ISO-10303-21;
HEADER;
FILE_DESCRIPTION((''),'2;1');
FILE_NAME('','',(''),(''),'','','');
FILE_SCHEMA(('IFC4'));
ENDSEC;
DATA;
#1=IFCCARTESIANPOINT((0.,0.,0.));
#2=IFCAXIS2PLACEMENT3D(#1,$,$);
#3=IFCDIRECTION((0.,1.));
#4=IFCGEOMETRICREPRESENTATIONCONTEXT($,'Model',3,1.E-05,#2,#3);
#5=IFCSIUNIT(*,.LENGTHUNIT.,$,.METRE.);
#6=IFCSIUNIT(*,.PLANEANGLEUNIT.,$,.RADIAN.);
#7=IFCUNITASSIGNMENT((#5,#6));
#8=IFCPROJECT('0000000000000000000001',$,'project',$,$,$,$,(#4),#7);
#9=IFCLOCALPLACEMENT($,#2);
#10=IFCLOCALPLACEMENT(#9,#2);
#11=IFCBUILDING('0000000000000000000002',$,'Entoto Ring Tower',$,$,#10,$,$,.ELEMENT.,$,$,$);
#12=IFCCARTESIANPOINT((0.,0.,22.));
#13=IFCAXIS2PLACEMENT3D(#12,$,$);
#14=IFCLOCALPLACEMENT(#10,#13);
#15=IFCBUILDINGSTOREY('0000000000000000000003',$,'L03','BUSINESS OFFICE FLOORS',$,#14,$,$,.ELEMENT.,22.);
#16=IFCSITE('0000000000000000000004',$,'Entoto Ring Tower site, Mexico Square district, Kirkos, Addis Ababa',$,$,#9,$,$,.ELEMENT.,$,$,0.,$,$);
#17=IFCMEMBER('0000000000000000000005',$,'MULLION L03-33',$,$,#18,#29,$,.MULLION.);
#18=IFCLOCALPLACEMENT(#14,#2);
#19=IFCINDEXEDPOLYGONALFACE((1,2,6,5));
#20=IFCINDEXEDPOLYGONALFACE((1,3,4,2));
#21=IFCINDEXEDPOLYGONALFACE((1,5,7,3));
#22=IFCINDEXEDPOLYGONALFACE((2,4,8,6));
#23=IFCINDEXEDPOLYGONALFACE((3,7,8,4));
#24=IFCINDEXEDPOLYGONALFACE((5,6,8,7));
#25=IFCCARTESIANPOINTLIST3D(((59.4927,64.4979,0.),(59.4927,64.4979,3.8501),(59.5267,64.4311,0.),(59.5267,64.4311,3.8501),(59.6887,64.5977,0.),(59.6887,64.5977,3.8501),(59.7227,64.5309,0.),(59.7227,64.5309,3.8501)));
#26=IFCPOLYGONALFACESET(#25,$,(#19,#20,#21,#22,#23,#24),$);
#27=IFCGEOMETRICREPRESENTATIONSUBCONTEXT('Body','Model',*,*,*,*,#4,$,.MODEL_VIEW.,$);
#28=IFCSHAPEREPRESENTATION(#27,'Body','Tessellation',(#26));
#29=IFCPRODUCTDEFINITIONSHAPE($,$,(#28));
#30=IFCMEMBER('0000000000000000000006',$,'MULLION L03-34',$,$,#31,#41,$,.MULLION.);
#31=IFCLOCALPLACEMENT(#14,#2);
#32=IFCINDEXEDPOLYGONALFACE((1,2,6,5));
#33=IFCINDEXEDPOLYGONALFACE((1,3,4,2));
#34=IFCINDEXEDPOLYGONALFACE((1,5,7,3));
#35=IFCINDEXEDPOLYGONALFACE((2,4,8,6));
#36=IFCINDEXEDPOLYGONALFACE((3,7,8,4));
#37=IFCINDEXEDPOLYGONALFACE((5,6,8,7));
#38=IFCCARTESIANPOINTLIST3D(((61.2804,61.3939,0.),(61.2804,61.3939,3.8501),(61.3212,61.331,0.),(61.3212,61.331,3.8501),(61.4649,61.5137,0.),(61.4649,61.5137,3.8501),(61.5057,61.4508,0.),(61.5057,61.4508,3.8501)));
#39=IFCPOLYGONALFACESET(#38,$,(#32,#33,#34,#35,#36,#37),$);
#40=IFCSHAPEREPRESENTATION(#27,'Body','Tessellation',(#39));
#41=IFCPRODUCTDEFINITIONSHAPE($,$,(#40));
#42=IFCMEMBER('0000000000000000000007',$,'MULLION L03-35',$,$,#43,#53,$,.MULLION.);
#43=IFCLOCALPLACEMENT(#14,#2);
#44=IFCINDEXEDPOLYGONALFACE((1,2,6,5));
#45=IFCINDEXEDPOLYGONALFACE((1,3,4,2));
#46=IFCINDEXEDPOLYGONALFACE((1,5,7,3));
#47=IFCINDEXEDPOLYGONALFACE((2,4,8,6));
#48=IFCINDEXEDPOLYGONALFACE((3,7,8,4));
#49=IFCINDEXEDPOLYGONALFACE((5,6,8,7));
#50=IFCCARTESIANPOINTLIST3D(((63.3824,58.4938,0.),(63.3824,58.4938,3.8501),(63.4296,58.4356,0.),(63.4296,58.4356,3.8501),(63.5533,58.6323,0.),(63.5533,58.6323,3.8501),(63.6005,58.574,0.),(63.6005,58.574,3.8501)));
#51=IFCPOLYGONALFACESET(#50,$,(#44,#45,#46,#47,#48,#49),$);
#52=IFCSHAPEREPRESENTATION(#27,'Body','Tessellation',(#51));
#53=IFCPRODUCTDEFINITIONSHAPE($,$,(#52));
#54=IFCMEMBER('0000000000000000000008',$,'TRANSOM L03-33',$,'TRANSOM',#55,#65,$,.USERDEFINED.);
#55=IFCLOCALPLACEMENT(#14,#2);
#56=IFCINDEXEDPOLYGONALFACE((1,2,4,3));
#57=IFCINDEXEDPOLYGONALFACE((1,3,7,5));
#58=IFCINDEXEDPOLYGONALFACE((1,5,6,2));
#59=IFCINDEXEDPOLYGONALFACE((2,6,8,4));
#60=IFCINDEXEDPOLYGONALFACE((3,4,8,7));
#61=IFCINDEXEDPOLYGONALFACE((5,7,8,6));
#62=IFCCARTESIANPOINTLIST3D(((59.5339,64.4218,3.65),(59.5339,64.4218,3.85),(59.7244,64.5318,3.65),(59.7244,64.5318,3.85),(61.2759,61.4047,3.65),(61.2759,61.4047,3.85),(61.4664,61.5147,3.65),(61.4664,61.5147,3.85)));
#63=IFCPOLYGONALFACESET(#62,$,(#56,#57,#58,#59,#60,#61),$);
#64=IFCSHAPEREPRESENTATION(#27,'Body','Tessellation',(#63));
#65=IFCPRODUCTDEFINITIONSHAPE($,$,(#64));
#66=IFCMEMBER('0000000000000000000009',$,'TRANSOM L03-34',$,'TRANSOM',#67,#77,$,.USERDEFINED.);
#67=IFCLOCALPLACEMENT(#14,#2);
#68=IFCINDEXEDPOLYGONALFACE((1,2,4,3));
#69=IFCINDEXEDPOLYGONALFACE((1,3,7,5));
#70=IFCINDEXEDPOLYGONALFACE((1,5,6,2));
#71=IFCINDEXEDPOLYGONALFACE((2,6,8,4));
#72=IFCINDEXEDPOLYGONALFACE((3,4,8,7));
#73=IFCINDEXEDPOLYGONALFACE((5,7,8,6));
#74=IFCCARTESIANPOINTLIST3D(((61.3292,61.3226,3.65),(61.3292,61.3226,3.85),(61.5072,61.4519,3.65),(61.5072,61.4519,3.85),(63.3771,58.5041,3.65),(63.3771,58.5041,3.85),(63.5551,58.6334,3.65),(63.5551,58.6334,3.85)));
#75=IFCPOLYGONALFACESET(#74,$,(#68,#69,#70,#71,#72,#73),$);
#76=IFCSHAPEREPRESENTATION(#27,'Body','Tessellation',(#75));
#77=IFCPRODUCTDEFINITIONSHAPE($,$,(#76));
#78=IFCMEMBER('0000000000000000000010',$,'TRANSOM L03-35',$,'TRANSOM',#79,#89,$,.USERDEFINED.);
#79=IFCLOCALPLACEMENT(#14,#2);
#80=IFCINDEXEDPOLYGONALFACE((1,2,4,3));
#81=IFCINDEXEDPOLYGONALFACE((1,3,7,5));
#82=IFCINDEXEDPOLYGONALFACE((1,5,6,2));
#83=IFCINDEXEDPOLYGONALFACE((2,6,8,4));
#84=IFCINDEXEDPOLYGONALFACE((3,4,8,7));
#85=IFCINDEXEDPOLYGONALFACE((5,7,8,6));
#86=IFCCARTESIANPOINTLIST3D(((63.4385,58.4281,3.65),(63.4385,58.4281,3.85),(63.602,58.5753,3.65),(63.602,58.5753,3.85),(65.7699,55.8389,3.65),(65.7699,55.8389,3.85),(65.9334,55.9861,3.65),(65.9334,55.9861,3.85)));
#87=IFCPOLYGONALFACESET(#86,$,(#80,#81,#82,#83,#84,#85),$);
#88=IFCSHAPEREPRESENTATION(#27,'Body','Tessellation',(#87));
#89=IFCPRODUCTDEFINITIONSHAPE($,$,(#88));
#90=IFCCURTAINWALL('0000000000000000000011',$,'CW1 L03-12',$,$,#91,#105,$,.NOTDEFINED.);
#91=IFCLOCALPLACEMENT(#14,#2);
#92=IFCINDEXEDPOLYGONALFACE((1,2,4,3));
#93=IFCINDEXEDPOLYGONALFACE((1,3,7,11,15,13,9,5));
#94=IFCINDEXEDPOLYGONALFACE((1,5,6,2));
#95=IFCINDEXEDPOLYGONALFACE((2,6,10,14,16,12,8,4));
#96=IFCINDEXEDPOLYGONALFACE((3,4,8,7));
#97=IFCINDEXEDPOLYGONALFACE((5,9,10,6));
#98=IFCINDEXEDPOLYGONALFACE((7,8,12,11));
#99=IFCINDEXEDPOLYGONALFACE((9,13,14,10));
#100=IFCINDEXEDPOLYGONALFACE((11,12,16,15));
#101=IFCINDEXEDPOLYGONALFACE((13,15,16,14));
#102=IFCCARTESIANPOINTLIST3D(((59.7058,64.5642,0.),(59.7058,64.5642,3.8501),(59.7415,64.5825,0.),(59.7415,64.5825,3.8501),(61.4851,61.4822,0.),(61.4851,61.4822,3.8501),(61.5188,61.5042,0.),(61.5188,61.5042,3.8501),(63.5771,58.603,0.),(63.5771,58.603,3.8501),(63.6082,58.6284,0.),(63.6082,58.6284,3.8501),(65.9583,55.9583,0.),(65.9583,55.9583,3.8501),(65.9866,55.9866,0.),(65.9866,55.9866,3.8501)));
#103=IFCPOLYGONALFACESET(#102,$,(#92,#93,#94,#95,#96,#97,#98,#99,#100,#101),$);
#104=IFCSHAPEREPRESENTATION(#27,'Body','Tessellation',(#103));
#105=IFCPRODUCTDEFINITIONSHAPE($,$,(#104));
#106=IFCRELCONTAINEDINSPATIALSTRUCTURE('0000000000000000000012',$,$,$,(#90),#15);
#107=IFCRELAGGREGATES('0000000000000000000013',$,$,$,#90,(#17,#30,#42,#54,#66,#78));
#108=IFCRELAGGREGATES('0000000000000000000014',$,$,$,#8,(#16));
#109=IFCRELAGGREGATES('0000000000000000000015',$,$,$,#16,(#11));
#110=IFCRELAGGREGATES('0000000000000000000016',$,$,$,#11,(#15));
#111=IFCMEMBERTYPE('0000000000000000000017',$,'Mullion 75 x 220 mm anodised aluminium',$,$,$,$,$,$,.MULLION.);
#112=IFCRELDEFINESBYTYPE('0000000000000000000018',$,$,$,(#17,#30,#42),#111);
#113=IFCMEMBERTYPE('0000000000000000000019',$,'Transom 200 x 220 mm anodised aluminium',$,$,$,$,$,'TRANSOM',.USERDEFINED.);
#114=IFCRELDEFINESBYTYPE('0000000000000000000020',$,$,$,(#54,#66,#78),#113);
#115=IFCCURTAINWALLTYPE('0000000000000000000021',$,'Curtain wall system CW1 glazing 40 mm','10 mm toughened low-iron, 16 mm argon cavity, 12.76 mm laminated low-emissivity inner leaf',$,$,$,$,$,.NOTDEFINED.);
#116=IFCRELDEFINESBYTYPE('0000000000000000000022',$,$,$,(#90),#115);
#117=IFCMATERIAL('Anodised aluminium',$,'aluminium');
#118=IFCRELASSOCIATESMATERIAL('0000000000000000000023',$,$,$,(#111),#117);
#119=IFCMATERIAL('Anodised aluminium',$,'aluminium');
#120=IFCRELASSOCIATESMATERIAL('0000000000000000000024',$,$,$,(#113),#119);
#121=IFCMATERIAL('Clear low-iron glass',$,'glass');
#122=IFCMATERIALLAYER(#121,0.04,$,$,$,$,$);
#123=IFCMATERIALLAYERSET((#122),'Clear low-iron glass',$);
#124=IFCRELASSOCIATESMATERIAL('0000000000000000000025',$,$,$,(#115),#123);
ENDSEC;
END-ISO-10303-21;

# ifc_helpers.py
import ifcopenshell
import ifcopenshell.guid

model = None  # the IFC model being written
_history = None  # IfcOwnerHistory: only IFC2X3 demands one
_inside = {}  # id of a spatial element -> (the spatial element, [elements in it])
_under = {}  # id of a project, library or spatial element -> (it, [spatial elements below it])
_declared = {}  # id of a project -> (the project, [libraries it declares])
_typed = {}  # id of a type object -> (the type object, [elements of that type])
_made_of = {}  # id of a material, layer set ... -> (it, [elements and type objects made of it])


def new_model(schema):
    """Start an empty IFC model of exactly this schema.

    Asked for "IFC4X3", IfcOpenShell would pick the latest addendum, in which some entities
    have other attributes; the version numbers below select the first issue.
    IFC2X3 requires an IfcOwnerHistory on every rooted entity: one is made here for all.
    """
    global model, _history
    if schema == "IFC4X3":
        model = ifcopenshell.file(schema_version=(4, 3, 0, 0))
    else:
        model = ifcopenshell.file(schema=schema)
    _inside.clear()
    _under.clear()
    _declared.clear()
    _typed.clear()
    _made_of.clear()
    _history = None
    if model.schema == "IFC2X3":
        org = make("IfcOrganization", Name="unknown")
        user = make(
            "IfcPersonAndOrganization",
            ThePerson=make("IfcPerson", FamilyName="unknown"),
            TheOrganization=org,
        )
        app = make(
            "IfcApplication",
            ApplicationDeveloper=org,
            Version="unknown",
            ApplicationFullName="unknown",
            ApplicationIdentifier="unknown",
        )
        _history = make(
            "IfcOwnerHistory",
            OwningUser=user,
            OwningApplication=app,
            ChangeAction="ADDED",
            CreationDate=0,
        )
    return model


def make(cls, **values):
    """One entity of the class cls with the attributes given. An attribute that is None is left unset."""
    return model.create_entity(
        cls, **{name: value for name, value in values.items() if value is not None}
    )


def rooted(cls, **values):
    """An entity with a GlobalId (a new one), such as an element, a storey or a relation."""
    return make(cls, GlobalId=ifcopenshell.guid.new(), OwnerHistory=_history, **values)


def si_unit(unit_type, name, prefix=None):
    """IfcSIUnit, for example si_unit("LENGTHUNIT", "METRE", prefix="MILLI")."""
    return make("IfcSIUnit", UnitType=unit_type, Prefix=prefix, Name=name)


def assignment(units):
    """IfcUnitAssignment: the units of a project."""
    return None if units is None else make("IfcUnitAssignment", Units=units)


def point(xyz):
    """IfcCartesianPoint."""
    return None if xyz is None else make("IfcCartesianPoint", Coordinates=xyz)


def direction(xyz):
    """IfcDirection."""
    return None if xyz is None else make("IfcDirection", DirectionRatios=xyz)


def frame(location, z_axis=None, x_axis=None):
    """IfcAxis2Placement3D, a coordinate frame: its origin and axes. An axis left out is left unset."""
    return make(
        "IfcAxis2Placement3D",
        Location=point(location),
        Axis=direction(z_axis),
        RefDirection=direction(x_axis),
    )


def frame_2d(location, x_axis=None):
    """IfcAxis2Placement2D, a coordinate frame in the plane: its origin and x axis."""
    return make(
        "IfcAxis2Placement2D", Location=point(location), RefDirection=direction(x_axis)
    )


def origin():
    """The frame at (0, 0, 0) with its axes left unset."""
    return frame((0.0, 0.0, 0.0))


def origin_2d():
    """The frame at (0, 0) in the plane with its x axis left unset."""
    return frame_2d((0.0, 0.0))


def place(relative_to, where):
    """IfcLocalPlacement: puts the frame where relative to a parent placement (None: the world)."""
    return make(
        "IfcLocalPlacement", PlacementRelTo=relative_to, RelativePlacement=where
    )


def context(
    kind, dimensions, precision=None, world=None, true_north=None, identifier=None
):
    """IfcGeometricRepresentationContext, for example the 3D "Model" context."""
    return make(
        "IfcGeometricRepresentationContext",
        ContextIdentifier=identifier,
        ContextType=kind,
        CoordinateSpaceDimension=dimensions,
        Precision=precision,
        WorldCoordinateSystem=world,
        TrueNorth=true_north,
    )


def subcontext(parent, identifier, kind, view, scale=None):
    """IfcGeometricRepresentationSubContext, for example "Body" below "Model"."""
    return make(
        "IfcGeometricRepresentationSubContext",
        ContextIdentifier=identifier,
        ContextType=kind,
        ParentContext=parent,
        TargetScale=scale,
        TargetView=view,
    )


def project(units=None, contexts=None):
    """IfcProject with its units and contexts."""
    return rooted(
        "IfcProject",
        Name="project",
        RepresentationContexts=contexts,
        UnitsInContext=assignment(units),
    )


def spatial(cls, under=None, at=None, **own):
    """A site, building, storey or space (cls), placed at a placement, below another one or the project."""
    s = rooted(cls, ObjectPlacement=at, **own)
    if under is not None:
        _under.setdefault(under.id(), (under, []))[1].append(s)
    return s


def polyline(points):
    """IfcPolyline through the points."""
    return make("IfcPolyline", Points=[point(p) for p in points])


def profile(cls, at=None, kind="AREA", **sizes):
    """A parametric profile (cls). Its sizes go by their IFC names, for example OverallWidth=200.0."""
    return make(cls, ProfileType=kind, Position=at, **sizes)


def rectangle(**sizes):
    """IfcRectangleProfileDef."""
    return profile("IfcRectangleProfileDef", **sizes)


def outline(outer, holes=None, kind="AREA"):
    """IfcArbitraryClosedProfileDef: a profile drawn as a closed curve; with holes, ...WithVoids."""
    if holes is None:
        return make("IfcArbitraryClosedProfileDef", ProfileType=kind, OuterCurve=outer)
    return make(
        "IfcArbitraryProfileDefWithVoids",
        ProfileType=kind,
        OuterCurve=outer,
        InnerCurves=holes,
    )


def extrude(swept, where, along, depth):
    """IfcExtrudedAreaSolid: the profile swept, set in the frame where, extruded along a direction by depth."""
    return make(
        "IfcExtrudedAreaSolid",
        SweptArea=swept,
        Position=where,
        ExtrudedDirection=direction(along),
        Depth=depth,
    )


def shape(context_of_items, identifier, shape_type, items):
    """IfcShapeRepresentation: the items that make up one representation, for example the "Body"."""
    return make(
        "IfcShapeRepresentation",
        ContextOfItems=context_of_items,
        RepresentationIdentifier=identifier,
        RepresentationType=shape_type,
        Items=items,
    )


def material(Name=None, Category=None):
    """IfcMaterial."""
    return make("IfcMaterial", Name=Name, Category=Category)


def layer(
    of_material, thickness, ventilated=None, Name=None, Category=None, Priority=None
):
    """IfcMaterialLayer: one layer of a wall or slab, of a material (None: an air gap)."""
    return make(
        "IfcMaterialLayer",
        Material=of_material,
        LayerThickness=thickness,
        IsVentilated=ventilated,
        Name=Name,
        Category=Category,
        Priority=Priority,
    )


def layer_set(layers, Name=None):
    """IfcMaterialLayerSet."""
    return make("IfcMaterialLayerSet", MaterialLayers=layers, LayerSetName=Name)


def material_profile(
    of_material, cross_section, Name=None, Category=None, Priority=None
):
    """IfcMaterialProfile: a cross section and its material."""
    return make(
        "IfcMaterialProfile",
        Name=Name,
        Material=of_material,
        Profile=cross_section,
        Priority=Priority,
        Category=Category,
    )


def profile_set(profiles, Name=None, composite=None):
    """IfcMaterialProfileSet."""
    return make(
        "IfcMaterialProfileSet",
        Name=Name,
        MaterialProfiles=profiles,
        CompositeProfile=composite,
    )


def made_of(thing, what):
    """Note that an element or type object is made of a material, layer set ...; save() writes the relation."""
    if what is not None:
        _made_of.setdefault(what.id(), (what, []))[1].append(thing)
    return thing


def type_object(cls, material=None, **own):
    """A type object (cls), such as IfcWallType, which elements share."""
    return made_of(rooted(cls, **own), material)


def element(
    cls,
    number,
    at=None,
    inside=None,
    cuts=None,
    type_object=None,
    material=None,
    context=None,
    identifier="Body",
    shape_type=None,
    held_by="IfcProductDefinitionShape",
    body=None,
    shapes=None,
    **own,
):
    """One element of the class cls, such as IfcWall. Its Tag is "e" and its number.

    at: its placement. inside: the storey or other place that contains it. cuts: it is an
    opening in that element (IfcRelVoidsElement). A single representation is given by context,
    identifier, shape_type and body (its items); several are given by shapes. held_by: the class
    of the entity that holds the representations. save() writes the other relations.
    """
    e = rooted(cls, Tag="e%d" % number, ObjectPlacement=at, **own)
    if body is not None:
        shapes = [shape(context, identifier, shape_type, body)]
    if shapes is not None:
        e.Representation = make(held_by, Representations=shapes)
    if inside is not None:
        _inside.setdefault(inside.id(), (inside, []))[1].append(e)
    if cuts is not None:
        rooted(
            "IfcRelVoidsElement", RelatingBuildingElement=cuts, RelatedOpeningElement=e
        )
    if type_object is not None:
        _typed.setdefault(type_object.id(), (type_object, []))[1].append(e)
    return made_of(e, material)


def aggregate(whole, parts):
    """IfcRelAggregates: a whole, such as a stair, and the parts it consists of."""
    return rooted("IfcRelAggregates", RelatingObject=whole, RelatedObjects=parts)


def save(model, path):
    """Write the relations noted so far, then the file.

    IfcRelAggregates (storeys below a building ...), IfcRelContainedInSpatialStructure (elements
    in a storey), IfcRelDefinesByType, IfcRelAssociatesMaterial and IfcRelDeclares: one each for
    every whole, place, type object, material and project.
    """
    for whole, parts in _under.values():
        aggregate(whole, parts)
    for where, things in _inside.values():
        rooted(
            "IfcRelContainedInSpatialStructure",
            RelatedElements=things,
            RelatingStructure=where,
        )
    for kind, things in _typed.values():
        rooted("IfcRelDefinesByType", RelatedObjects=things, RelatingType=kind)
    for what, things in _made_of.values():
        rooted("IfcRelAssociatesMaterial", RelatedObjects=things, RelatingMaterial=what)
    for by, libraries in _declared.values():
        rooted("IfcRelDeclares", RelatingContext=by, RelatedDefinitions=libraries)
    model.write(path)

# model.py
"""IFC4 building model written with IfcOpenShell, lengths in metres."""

from ifc_helpers import new_model, si_unit, direction, frame, origin, origin_2d, place, context, subcontext, project, spatial, polyline, rectangle, outline, extrude, material, layer, layer_set, material_profile, profile_set, type_object, element, aggregate, save


model = new_model("IFC4")

# Units and contexts
model_context = context("Model", 3, precision=1e-05, world=origin(), true_north=direction((0.0, 1.0)))
body_context = subcontext(model_context, "Body", "Model", "MODEL_VIEW")
ifc_project = project(units=[si_unit("LENGTHUNIT", "METRE"), si_unit("PLANEANGLEUNIT", "RADIAN")], contexts=[model_context])

# Members
ifc_material_1 = material(Name="Anodised aluminium", Category="aluminium")
ifc_material_profile_1 = material_profile(ifc_material_1, rectangle(XDim=0.075, YDim=0.22, at=origin_2d()), Name="Mullion 75 x 220 mm anodised aluminium")
ifc_profile_set_1 = profile_set([ifc_material_profile_1], Name="Anodised aluminium")
member_type_1 = type_object("IfcMemberType", Name="Mullion 75 x 220 mm anodised aluminium", PredefinedType="MULLION", material=ifc_profile_set_1)
site_placement = place(None, origin())
building_placement = place(site_placement, origin())
storey_placement = place(building_placement, frame((0.0, 0.0, 22.0)))
member_1_placement = place(storey_placement, frame((59.6077, 64.5144, 0.0), z_axis=(0.0, 0.0, 1.0), x_axis=(0.45399, -0.891007, 0.0)))
member_1 = element("IfcMember", 1, at=member_1_placement, type_object=member_type_1, Name="MULLION L03-33", PredefinedType="MULLION", context=body_context, shape_type="SweptSolid", body=[
    extrude(rectangle(XDim=0.075, YDim=0.22, at=origin_2d()), origin(), (0.0, 0.0, 1.0), 3.8501),
])
member_2_placement = place(storey_placement, frame((61.3931, 61.4224, 0.0), z_axis=(0.0, 0.0, 1.0), x_axis=(0.544639, -0.838671, 0.0)))
member_2 = element("IfcMember", 2, at=member_2_placement, type_object=member_type_1, Name="MULLION L03-34", PredefinedType="MULLION", context=body_context, shape_type="SweptSolid", body=[
    extrude(rectangle(XDim=0.075, YDim=0.22, at=origin_2d()), origin(), (0.0, 0.0, 1.0), 3.8501),
])
member_3_placement = place(storey_placement, frame((63.4915, 58.5339, 0.0), z_axis=(0.0, 0.0, 1.0), x_axis=(0.62932, -0.777146, 0.0)))
member_3 = element("IfcMember", 3, at=member_3_placement, type_object=member_type_1, Name="MULLION L03-35", PredefinedType="MULLION", context=body_context, shape_type="SweptSolid", body=[
    extrude(rectangle(XDim=0.075, YDim=0.22, at=origin_2d()), origin(), (0.0, 0.0, 1.0), 3.8501),
])
ifc_material_2 = material(Name="Anodised aluminium", Category="aluminium")
ifc_material_profile_2 = material_profile(ifc_material_2, rectangle(XDim=0.22, YDim=0.2, at=origin_2d()), Name="Transom 200 x 220 mm anodised aluminium")
ifc_profile_set_2 = profile_set([ifc_material_profile_2], Name="Anodised aluminium")
member_type_2 = type_object("IfcMemberType", Name="Transom 200 x 220 mm anodised aluminium", ElementType="TRANSOM", PredefinedType="USERDEFINED", material=ifc_profile_set_2)
member_4_placement = place(storey_placement, frame((59.6292, 64.4768, 3.75), z_axis=(0.500006, -0.866022, 0.0), x_axis=(0.866022, 0.500006, 0.0)))
member_4 = element("IfcMember", 4, at=member_4_placement, type_object=member_type_2, Name="TRANSOM L03-33", ObjectType="TRANSOM", PredefinedType="USERDEFINED", context=body_context, shape_type="SweptSolid", body=[
    extrude(rectangle(XDim=0.22, YDim=0.2, at=origin_2d()), origin(), (0.0, 0.0, 1.0), 3.4839),
])
member_5_placement = place(storey_placement, frame((61.4182, 61.3872, 3.75), z_axis=(0.587822, -0.808991, 0.0), x_axis=(0.808991, 0.587822, 0.0)))
member_5 = element("IfcMember", 5, at=member_5_placement, type_object=member_type_2, Name="TRANSOM L03-34", ObjectType="TRANSOM", PredefinedType="USERDEFINED", context=body_context, shape_type="SweptSolid", body=[
    extrude(rectangle(XDim=0.22, YDim=0.2, at=origin_2d()), origin(), (0.0, 0.0, 1.0), 3.4839),
])
member_6_placement = place(storey_placement, frame((63.5203, 58.5017, 3.75), z_axis=(0.669139, -0.743137, 0.0), x_axis=(0.743137, 0.669139, 0.0)))
member_6 = element("IfcMember", 6, at=member_6_placement, type_object=member_type_2, Name="TRANSOM L03-35", ObjectType="TRANSOM", PredefinedType="USERDEFINED", context=body_context, shape_type="SweptSolid", body=[
    extrude(rectangle(XDim=0.22, YDim=0.2, at=origin_2d()), origin(), (0.0, 0.0, 1.0), 3.4841),
])

# Site, building, storey
site = spatial("IfcSite", under=ifc_project, at=site_placement, Name="Entoto Ring Tower site, Mexico Square district, Kirkos, Addis Ababa", CompositionType="ELEMENT", RefElevation=0.0)
building = spatial("IfcBuilding", under=site, at=building_placement, Name="Entoto Ring Tower", CompositionType="ELEMENT")
storey = spatial("IfcBuildingStorey", under=building, at=storey_placement, Name="L03", Description="BUSINESS OFFICE FLOORS", CompositionType="ELEMENT", Elevation=22.0)

# Curtain wall
ifc_material_3 = material(Name="Clear low-iron glass", Category="glass")
ifc_layer = layer(ifc_material_3, 0.04)
ifc_layer_set = layer_set([ifc_layer], Name="Clear low-iron glass")
curtain_wall_type = type_object("IfcCurtainWallType", Name="Curtain wall system CW1 glazing 40 mm", Description="10 mm toughened low-iron, 16 mm argon cavity, 12.76 mm laminated low-emissivity inner leaf", PredefinedType="NOTDEFINED", material=ifc_layer_set)
curtain_wall_1_placement = place(storey_placement, origin())
curtain_wall_1 = element("IfcCurtainWall", 7, at=curtain_wall_1_placement, inside=storey, type_object=curtain_wall_type, Name="CW1 L03-12", PredefinedType="NOTDEFINED", context=body_context, shape_type="SweptSolid", body=[
    extrude(outline(polyline([(59.7058, 64.5642), (61.4851, 61.4822), (63.5771, 58.603), (65.9583, 55.9583), (65.9866, 55.9866), (63.6082, 58.6284), (61.5188, 61.5042), (59.7415, 64.5825), (59.7058, 64.5642)])), origin(), (0.0, 0.0, 1.0), 3.8501),
])
aggregate(curtain_wall_1, [member_1, member_2, member_3, member_4, member_5, member_6])

save(model, "model.ifc")
